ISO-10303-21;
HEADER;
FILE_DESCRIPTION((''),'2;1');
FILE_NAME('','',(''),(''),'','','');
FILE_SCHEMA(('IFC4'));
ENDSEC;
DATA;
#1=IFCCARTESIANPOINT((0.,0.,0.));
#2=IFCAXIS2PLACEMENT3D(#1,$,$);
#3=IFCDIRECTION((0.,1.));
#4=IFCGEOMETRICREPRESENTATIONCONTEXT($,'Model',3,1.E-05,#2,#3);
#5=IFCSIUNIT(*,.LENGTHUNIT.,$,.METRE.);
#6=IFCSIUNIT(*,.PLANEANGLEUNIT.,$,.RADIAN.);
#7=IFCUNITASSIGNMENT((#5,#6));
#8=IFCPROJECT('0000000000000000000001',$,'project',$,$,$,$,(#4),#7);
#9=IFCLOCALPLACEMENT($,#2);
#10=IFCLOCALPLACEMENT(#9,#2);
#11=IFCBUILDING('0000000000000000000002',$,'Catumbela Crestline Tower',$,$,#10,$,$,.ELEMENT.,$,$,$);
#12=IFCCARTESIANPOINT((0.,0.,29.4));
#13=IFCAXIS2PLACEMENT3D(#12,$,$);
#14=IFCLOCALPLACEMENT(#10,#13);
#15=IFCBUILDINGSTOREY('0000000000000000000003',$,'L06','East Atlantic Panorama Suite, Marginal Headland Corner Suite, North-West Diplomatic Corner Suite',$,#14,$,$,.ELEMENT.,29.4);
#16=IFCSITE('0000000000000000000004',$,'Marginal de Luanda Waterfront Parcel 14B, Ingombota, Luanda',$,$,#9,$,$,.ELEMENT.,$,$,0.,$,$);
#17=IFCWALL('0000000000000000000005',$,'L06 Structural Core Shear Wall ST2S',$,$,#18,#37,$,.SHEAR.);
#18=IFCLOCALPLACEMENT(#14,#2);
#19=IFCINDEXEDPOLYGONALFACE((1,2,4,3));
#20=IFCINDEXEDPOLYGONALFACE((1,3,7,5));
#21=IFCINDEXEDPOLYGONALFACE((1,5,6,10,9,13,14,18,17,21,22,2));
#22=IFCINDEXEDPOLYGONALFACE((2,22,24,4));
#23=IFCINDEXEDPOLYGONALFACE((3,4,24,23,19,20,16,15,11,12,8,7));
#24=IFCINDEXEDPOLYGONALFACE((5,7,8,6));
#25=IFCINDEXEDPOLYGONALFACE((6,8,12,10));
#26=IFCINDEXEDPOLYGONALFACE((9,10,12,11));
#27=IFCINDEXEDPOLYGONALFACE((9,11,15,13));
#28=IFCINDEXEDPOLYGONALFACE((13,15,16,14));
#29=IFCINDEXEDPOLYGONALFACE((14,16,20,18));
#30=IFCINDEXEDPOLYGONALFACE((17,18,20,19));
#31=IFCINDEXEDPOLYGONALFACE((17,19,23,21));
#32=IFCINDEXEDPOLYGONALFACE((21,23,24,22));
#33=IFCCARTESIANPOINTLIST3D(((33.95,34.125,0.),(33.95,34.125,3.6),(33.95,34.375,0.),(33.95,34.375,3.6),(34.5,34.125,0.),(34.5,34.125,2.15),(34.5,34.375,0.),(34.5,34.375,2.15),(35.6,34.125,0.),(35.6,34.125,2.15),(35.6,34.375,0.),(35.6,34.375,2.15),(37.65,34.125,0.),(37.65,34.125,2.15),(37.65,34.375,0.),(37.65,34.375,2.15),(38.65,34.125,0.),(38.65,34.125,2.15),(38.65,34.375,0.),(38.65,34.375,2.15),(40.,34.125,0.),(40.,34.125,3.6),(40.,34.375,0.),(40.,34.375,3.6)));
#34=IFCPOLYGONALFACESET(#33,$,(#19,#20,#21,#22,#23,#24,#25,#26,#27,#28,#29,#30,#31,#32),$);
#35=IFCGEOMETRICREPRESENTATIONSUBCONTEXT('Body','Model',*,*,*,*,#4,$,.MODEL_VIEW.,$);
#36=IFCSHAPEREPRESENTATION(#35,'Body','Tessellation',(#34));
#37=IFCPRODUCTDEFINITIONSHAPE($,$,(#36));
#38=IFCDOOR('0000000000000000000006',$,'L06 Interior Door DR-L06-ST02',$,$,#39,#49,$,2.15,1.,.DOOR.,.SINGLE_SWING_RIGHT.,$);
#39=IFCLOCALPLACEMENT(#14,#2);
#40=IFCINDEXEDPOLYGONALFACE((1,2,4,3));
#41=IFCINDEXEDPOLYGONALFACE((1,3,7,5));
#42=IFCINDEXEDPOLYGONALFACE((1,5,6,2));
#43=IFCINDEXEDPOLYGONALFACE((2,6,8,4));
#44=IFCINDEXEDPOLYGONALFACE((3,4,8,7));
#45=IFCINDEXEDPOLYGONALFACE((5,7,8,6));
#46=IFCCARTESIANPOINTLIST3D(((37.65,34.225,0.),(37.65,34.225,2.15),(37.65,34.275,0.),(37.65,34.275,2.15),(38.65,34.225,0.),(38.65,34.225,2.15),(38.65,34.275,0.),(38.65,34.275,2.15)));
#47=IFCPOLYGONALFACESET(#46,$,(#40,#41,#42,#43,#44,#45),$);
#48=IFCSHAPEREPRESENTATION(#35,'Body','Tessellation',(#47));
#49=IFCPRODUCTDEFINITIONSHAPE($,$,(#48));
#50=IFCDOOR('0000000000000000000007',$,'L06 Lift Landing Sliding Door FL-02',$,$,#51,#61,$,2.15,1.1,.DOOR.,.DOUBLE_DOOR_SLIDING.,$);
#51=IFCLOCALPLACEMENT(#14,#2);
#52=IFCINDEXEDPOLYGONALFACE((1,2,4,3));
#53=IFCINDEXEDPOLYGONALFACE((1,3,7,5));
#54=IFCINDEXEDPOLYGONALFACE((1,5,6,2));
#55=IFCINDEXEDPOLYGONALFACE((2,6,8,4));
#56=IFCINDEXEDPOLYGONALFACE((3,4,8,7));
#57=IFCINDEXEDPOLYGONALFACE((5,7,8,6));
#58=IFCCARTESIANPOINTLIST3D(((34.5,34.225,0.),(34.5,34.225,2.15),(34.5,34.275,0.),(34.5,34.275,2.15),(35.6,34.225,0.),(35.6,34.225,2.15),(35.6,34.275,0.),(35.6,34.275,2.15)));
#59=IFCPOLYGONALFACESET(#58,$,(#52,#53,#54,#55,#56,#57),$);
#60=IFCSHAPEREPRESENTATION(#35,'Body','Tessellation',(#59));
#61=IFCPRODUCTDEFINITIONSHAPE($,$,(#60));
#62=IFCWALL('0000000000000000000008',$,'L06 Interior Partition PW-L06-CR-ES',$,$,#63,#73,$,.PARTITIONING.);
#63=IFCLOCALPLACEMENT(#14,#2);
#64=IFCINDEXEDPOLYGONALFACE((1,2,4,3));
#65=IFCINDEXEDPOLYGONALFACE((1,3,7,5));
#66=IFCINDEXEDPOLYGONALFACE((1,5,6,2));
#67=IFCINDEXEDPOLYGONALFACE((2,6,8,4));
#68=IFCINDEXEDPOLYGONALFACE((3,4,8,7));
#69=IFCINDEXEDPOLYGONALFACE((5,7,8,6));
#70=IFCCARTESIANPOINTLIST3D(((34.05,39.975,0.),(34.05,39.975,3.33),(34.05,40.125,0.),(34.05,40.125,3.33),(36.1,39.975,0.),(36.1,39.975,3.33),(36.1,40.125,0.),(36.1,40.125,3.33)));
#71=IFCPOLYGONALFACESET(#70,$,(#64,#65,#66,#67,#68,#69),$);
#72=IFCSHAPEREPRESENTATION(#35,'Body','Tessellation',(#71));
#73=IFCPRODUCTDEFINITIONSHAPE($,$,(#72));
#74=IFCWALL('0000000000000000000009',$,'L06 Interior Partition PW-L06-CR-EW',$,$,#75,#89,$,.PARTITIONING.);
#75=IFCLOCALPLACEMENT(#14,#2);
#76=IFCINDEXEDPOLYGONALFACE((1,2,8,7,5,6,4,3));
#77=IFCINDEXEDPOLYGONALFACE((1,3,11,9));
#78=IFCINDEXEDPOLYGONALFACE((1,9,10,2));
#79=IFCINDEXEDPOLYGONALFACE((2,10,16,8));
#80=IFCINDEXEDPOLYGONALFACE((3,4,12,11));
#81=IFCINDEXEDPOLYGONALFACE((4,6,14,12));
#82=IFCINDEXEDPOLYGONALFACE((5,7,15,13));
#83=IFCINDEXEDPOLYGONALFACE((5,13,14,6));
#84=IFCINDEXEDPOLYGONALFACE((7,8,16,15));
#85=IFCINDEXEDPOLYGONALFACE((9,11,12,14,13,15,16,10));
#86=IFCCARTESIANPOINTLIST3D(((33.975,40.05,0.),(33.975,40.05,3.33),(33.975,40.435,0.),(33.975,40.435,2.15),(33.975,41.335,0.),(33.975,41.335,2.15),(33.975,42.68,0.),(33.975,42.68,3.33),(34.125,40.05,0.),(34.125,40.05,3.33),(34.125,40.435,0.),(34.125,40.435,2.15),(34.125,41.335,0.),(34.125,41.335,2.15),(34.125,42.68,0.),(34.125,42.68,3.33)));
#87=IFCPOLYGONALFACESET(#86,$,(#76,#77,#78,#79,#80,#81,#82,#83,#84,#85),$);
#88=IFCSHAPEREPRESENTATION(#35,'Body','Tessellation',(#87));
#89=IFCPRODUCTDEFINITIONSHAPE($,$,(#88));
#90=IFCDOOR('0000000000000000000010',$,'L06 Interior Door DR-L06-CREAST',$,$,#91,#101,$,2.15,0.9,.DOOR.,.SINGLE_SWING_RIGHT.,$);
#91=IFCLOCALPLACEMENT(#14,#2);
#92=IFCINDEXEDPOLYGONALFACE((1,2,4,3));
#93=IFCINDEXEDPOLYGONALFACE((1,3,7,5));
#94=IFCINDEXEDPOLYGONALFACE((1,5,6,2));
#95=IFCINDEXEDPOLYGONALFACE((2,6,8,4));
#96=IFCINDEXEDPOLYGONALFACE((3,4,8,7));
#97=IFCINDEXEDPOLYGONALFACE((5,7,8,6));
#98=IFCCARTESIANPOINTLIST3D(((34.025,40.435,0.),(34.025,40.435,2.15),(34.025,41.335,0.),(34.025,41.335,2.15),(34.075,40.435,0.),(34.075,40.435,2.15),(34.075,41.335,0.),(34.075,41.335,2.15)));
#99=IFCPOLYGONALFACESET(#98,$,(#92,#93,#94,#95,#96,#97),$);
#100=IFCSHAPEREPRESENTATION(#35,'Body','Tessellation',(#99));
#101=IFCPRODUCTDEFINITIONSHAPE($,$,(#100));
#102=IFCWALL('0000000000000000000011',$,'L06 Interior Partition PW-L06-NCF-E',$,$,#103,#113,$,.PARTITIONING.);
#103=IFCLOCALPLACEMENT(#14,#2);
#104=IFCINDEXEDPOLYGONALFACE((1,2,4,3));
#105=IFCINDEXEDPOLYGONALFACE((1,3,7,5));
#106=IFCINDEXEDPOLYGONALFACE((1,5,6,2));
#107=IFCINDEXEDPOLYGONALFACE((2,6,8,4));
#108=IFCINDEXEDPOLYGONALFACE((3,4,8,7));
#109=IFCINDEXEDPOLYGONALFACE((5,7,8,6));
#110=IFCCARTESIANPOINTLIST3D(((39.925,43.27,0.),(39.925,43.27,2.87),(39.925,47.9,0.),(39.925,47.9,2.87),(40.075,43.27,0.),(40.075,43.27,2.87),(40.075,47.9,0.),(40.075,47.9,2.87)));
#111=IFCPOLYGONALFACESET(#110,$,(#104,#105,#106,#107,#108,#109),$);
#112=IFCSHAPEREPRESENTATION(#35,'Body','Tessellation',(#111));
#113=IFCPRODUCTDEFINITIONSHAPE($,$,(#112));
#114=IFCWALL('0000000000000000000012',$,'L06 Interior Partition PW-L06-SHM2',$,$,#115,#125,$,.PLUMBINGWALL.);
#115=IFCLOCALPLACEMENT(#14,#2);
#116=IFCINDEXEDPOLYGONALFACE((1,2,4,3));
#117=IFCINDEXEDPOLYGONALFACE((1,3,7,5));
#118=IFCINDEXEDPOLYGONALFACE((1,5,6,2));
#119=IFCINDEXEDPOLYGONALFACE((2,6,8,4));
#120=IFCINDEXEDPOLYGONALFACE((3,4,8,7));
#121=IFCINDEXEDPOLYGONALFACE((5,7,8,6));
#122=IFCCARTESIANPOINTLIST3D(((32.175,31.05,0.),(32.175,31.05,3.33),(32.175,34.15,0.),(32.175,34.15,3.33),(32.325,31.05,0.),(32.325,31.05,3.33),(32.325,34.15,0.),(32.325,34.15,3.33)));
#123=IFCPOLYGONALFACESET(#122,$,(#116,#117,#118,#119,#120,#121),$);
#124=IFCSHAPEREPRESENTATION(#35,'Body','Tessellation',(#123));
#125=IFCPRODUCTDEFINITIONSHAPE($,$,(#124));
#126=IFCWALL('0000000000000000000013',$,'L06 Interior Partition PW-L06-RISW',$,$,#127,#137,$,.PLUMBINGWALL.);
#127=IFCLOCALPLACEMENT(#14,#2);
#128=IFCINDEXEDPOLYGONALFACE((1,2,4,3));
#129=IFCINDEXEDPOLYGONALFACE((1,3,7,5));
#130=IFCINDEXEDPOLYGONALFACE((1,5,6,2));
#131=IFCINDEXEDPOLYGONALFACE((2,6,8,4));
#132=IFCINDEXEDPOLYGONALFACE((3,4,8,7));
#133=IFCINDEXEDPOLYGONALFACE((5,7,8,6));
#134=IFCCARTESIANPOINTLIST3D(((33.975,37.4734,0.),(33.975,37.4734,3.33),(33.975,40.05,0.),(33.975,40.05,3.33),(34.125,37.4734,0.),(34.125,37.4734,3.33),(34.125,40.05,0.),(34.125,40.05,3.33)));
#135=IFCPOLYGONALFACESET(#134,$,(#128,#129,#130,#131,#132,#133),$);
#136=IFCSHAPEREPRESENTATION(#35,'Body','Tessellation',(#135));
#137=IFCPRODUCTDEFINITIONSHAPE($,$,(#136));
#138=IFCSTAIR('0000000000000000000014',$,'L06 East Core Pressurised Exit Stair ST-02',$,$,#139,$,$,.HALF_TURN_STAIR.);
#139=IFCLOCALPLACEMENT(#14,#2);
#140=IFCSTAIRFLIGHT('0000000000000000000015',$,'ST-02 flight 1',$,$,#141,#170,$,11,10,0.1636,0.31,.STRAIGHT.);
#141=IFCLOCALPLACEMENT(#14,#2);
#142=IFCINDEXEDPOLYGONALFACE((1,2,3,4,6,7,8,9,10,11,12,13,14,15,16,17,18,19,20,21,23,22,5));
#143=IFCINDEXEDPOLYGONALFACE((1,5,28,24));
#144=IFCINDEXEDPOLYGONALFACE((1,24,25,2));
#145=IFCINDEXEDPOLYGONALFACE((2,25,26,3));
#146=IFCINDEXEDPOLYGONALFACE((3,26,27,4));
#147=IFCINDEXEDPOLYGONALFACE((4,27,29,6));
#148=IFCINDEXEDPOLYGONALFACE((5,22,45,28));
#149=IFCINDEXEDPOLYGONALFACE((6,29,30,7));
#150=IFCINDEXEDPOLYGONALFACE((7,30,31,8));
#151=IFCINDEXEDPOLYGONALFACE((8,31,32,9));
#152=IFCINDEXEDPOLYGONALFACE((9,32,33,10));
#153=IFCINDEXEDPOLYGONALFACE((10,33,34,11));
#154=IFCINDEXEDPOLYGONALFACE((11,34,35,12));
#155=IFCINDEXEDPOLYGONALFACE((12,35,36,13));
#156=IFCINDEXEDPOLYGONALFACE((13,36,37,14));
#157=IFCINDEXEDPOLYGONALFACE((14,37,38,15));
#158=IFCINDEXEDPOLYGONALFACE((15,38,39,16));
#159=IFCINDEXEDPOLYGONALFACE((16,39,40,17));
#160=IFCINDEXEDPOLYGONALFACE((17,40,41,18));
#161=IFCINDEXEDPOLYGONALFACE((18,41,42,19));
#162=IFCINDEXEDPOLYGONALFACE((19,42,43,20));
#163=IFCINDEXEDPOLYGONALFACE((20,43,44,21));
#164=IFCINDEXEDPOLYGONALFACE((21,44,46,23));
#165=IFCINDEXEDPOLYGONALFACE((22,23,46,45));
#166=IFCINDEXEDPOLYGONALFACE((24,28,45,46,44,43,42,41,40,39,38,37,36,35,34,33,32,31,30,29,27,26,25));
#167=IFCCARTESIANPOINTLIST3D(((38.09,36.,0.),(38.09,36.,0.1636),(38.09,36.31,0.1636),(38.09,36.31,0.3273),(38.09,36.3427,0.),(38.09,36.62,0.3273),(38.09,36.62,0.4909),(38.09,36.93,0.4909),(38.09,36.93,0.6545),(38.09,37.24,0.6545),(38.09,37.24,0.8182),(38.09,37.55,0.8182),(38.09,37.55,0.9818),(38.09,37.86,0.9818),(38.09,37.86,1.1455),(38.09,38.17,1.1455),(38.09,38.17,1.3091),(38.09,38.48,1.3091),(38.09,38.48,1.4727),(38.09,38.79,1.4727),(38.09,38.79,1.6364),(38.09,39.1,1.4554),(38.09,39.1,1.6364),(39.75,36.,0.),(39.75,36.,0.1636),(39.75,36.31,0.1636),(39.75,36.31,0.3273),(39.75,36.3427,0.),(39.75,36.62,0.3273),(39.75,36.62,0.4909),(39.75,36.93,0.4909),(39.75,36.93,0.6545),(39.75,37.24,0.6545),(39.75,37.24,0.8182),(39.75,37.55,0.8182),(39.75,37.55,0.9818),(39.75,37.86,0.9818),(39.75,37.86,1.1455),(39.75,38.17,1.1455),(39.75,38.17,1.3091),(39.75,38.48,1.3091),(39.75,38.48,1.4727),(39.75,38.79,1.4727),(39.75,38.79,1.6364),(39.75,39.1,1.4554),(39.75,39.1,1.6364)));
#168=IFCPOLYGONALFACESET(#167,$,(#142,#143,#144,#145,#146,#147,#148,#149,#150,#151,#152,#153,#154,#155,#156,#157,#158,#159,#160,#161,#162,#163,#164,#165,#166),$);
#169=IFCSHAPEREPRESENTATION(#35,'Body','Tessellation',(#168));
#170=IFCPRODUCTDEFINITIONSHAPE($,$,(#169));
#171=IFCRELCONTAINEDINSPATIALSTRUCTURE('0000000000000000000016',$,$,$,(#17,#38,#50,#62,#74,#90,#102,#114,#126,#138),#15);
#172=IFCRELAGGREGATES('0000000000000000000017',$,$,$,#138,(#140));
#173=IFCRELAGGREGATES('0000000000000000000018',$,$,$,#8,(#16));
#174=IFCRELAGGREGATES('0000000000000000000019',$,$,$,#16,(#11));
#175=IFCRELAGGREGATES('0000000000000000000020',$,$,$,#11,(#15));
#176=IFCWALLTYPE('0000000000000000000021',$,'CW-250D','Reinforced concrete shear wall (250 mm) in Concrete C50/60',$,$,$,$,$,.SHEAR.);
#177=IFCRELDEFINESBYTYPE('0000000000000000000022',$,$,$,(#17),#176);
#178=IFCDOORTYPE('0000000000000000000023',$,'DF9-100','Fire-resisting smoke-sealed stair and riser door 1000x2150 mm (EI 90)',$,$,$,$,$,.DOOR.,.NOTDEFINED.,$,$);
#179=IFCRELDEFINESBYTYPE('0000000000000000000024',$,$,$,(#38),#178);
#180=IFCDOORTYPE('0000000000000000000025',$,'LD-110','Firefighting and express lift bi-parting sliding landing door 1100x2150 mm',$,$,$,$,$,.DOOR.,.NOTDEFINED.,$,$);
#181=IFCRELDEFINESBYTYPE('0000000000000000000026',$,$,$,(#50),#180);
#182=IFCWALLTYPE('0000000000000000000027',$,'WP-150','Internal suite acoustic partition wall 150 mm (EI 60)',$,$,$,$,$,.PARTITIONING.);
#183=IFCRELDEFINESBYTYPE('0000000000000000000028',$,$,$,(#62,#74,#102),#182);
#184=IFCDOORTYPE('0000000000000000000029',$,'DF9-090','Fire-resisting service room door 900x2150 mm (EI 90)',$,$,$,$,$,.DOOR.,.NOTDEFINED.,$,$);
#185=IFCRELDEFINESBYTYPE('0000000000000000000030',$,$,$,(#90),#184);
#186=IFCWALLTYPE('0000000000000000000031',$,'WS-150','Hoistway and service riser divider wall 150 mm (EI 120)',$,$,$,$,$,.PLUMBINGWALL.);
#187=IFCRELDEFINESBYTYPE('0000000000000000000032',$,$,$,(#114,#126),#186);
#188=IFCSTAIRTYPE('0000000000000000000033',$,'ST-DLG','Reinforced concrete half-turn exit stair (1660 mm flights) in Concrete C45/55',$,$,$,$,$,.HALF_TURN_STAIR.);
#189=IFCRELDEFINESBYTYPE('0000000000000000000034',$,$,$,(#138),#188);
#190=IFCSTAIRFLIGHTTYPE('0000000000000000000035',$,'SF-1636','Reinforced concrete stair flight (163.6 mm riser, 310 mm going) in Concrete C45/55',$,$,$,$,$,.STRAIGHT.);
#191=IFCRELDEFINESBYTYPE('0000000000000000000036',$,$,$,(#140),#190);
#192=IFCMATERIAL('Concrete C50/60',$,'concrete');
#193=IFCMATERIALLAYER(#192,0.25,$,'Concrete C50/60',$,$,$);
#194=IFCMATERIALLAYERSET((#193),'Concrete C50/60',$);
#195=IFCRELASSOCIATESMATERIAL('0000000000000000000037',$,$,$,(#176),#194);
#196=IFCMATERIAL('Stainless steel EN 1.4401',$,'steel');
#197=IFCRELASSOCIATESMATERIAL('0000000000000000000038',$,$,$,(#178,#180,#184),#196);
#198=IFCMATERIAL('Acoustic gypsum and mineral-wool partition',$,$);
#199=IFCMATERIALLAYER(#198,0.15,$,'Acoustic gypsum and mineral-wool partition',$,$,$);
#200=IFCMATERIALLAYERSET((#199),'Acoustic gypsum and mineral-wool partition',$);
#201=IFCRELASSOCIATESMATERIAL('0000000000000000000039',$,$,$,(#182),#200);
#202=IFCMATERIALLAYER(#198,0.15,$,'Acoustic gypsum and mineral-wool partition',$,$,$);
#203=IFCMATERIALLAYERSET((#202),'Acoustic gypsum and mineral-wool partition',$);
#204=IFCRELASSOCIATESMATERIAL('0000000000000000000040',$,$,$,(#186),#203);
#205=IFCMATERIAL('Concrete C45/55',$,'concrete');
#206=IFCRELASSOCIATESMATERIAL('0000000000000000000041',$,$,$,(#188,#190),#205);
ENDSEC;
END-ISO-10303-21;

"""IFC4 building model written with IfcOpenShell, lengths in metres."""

from ifc_helpers import new_model, si_unit, direction, frame, frame_2d, origin, place, context, subcontext, project, spatial, polyline, rectangle, outline, extrude, material, layer, layer_set, type_object, element, fill, aggregate, save


model = new_model("IFC4")

# Units and contexts
model_context = context("Model", 3, precision=1e-05, world=origin(), true_north=direction((0.0, 1.0)))
body_context = subcontext(model_context, "Body", "Model", "MODEL_VIEW")
ifc_project = project(units=[si_unit("LENGTHUNIT", "METRE"), si_unit("PLANEANGLEUNIT", "RADIAN")], contexts=[model_context])

# Site, building, storey
site_placement = place(None, origin())
site = spatial("IfcSite", under=ifc_project, at=site_placement, Name="Marginal de Luanda Waterfront Parcel 14B, Ingombota, Luanda", CompositionType="ELEMENT", RefElevation=0.0)
building_placement = place(site_placement, origin())
building = spatial("IfcBuilding", under=site, at=building_placement, Name="Catumbela Crestline Tower", CompositionType="ELEMENT")
storey_placement = place(building_placement, frame((0.0, 0.0, 29.4)))
storey = spatial("IfcBuildingStorey", under=building, at=storey_placement, Name="L06", Description="East Atlantic Panorama Suite, Marginal Headland Corner Suite, North-West Diplomatic Corner Suite", CompositionType="ELEMENT", Elevation=29.4)

# Shared definitions
ifc_material_1 = material(Name="Concrete C50/60", Category="concrete")
ifc_layer_1 = layer(ifc_material_1, 0.25, Name="Concrete C50/60")
ifc_layer_set_1 = layer_set([ifc_layer_1], Name="Concrete C50/60")
wall_type_1 = type_object("IfcWallType", Name="CW-250D", Description="Reinforced concrete shear wall (250 mm) in Concrete C50/60", PredefinedType="SHEAR", material=ifc_layer_set_1)

# Wall, openings, doors
wall_1_placement = place(storey_placement, frame((33.95, 34.25, 0.0), z_axis=(0.0, 0.0, 1.0), x_axis=(1.0, 0.0, 0.0)))
wall_1 = element("IfcWall", 1, at=wall_1_placement, inside=storey, type_object=wall_type_1, Name="L06 Structural Core Shear Wall ST2S", PredefinedType="SHEAR", context=body_context, shape_type="SweptSolid", body=[
    extrude(rectangle(XDim=6.05, YDim=0.25, at=frame_2d((3.025, 0.0))), origin(), (0.0, 0.0, 1.0), 3.6),
])
opening_1_placement = place(wall_1_placement, frame((3.7, 0.0, 0.0)))
opening_1 = element("IfcOpeningElement", 2, at=opening_1_placement, cuts=wall_1, PredefinedType="OPENING", context=body_context, shape_type="SweptSolid", body=[
    extrude(rectangle(XDim=1.0, YDim=2.15, at=frame_2d((0.5, 1.075))), frame((0.0, 0.135, 0.0), z_axis=(0.0, -1.0, 0.0), x_axis=(1.0, 0.0, 0.0)), (0.0, 0.0, 1.0), 0.27),
])
opening_2_placement = place(wall_1_placement, frame((0.55, 0.0, 0.0)))
opening_2 = element("IfcOpeningElement", 3, at=opening_2_placement, cuts=wall_1, PredefinedType="OPENING", context=body_context, shape_type="SweptSolid", body=[
    extrude(rectangle(XDim=1.1, YDim=2.15, at=frame_2d((0.55, 1.075))), frame((0.0, 0.135, 0.0), z_axis=(0.0, -1.0, 0.0), x_axis=(1.0, 0.0, 0.0)), (0.0, 0.0, 1.0), 0.27),
])
ifc_material_2 = material(Name="Stainless steel EN 1.4401", Category="steel")
door_type_1 = type_object("IfcDoorType", Name="DF9-100", Description="Fire-resisting smoke-sealed stair and riser door 1000x2150 mm (EI 90)", OperationType="NOTDEFINED", PredefinedType="DOOR", material=ifc_material_2)
door_1_placement = place(opening_1_placement, origin())
door_1 = element("IfcDoor", 4, at=door_1_placement, inside=storey, type_object=door_type_1, Name="L06 Interior Door DR-L06-ST02", OperationType="SINGLE_SWING_RIGHT", OverallHeight=2.15, OverallWidth=1.0, PredefinedType="DOOR", context=body_context, shape_type="SweptSolid", body=[
    extrude(rectangle(XDim=1.0, YDim=2.15, at=frame_2d((0.5, 1.075))), frame((0.0, 0.025, 0.0), z_axis=(0.0, -1.0, 0.0), x_axis=(1.0, 0.0, 0.0)), (0.0, 0.0, 1.0), 0.05),
])
fill(opening_1, door_1)
door_type_2 = type_object("IfcDoorType", Name="LD-110", Description="Firefighting and express lift bi-parting sliding landing door 1100x2150 mm", OperationType="NOTDEFINED", PredefinedType="DOOR", material=ifc_material_2)
door_2_placement = place(opening_2_placement, origin())
door_2 = element("IfcDoor", 5, at=door_2_placement, inside=storey, type_object=door_type_2, Name="L06 Lift Landing Sliding Door FL-02", OperationType="DOUBLE_DOOR_SLIDING", OverallHeight=2.15, OverallWidth=1.1, PredefinedType="DOOR", context=body_context, shape_type="SweptSolid", body=[
    extrude(rectangle(XDim=1.1, YDim=2.15, at=frame_2d((0.55, 1.075))), frame((0.0, 0.025, 0.0), z_axis=(0.0, -1.0, 0.0), x_axis=(1.0, 0.0, 0.0)), (0.0, 0.0, 1.0), 0.05),
])
fill(opening_2, door_2)

# Wall
ifc_material_3 = material(Name="Acoustic gypsum and mineral-wool partition")
ifc_layer_2 = layer(ifc_material_3, 0.15, Name="Acoustic gypsum and mineral-wool partition")
ifc_layer_set_2 = layer_set([ifc_layer_2], Name="Acoustic gypsum and mineral-wool partition")
wall_type_2 = type_object("IfcWallType", Name="WP-150", Description="Internal suite acoustic partition wall 150 mm (EI 60)", PredefinedType="PARTITIONING", material=ifc_layer_set_2)
wall_2_placement = place(storey_placement, frame((34.05, 40.05, 0.0), z_axis=(0.0, 0.0, 1.0), x_axis=(1.0, 0.0, 0.0)))
element("IfcWall", 6, at=wall_2_placement, inside=storey, type_object=wall_type_2, Name="L06 Interior Partition PW-L06-CR-ES", PredefinedType="PARTITIONING", context=body_context, shape_type="SweptSolid", body=[
    extrude(rectangle(XDim=2.05, YDim=0.15, at=frame_2d((1.025, 0.0))), origin(), (0.0, 0.0, 1.0), 3.33),
])

# Wall, opening, door
wall_3_placement = place(storey_placement, frame((34.05, 40.05, 0.0), z_axis=(0.0, 0.0, 1.0), x_axis=(0.0, 1.0, 0.0)))
wall_3 = element("IfcWall", 7, at=wall_3_placement, inside=storey, type_object=wall_type_2, Name="L06 Interior Partition PW-L06-CR-EW", PredefinedType="PARTITIONING", context=body_context, shape_type="SweptSolid", body=[
    extrude(rectangle(XDim=2.63, YDim=0.15, at=frame_2d((1.315, 0.0))), origin(), (0.0, 0.0, 1.0), 3.33),
])
opening_3_placement = place(wall_3_placement, frame((0.385, 0.0, 0.0)))
opening_3 = element("IfcOpeningElement", 8, at=opening_3_placement, cuts=wall_3, PredefinedType="OPENING", context=body_context, shape_type="SweptSolid", body=[
    extrude(rectangle(XDim=0.9, YDim=2.15, at=frame_2d((0.45, 1.075))), frame((0.0, 0.085, 0.0), z_axis=(0.0, -1.0, 0.0), x_axis=(1.0, 0.0, 0.0)), (0.0, 0.0, 1.0), 0.17),
])
door_type_3 = type_object("IfcDoorType", Name="DF9-090", Description="Fire-resisting service room door 900x2150 mm (EI 90)", OperationType="NOTDEFINED", PredefinedType="DOOR", material=ifc_material_2)
door_3_placement = place(opening_3_placement, origin())
door_3 = element("IfcDoor", 9, at=door_3_placement, inside=storey, type_object=door_type_3, Name="L06 Interior Door DR-L06-CREAST", OperationType="SINGLE_SWING_RIGHT", OverallHeight=2.15, OverallWidth=0.9, PredefinedType="DOOR", context=body_context, shape_type="SweptSolid", body=[
    extrude(rectangle(XDim=0.9, YDim=2.15, at=frame_2d((0.45, 1.075))), frame((0.0, 0.025, 0.0), z_axis=(0.0, -1.0, 0.0), x_axis=(1.0, 0.0, 0.0)), (0.0, 0.0, 1.0), 0.05),
])
fill(opening_3, door_3)

# Walls
wall_4_placement = place(storey_placement, frame((40.0, 43.27, 0.0), z_axis=(0.0, 0.0, 1.0), x_axis=(0.0, 1.0, 0.0)))
element("IfcWall", 10, at=wall_4_placement, inside=storey, type_object=wall_type_2, Name="L06 Interior Partition PW-L06-NCF-E", PredefinedType="PARTITIONING", context=body_context, shape_type="SweptSolid", body=[
    extrude(rectangle(XDim=4.63, YDim=0.15, at=frame_2d((2.315, 0.0))), origin(), (0.0, 0.0, 1.0), 2.87),
])
ifc_layer_3 = layer(ifc_material_3, 0.15, Name="Acoustic gypsum and mineral-wool partition")
ifc_layer_set_3 = layer_set([ifc_layer_3], Name="Acoustic gypsum and mineral-wool partition")
wall_type_3 = type_object("IfcWallType", Name="WS-150", Description="Hoistway and service riser divider wall 150 mm (EI 120)", PredefinedType="PLUMBINGWALL", material=ifc_layer_set_3)
wall_5_placement = place(storey_placement, frame((32.25, 31.05, 0.0), z_axis=(0.0, 0.0, 1.0), x_axis=(0.0, 1.0, 0.0)))
element("IfcWall", 11, at=wall_5_placement, inside=storey, type_object=wall_type_3, Name="L06 Interior Partition PW-L06-SHM2", PredefinedType="PLUMBINGWALL", context=body_context, shape_type="SweptSolid", body=[
    extrude(rectangle(XDim=3.1, YDim=0.15, at=frame_2d((1.55, 0.0))), origin(), (0.0, 0.0, 1.0), 3.33),
])
wall_6_placement = place(storey_placement, frame((34.05, 37.4734, 0.0), z_axis=(0.0, 0.0, 1.0), x_axis=(0.0, 1.0, 0.0)))
element("IfcWall", 12, at=wall_6_placement, inside=storey, type_object=wall_type_3, Name="L06 Interior Partition PW-L06-RISW", PredefinedType="PLUMBINGWALL", context=body_context, shape_type="SweptSolid", body=[
    extrude(rectangle(XDim=2.5766, YDim=0.15, at=frame_2d((1.2883, 0.0))), origin(), (0.0, 0.0, 1.0), 3.33),
])

# Stair, stair flight
ifc_material_4 = material(Name="Concrete C45/55", Category="concrete")
stair_type = type_object("IfcStairType", Name="ST-DLG", Description="Reinforced concrete half-turn exit stair (1660 mm flights) in Concrete C45/55", PredefinedType="HALF_TURN_STAIR", material=ifc_material_4)
stair_placement = place(storey_placement, origin())
stair = element("IfcStair", 13, at=stair_placement, inside=storey, type_object=stair_type, Name="L06 East Core Pressurised Exit Stair ST-02", PredefinedType="HALF_TURN_STAIR")
stair_flight_type = type_object("IfcStairFlightType", Name="SF-1636", Description="Reinforced concrete stair flight (163.6 mm riser, 310 mm going) in Concrete C45/55", PredefinedType="STRAIGHT", material=ifc_material_4)
stair_flight_1_placement = place(storey_placement, frame((38.92, 36.0, 0.0), z_axis=(0.0, 0.0, 1.0), x_axis=(0.0, 1.0, 0.0)))
stair_flight_1 = element("IfcStairFlight", 14, at=stair_flight_1_placement, type_object=stair_flight_type, Name="ST-02 flight 1", NumberOfRisers=11, NumberOfTreads=10, PredefinedType="STRAIGHT", RiserHeight=0.1636, TreadLength=0.31, context=body_context, shape_type="SweptSolid", body=[
    extrude(outline(polyline([(0.0, 0.0), (0.0, 0.1636), (0.31, 0.1636), (0.31, 0.3273), (0.62, 0.3273), (0.62, 0.4909), (0.93, 0.4909), (0.93, 0.6545), (1.24, 0.6545), (1.24, 0.8182), (1.55, 0.8182), (1.55, 0.9818), (1.86, 0.9818), (1.86, 1.1455), (2.17, 1.1455), (2.17, 1.3091), (2.48, 1.3091), (2.48, 1.4727), (2.79, 1.4727), (2.79, 1.6364), (3.1, 1.6364), (3.1, 1.8), (3.1, 1.4554), (0.3427, 0.0), (0.0, 0.0)])), frame((0.0, 0.83, 0.0), z_axis=(0.0, -1.0, 0.0), x_axis=(1.0, 0.0, 0.0)), (0.0, 0.0, 1.0), 1.66),
])
aggregate(stair, [stair_flight_1])

save(model, "model.ifc")
